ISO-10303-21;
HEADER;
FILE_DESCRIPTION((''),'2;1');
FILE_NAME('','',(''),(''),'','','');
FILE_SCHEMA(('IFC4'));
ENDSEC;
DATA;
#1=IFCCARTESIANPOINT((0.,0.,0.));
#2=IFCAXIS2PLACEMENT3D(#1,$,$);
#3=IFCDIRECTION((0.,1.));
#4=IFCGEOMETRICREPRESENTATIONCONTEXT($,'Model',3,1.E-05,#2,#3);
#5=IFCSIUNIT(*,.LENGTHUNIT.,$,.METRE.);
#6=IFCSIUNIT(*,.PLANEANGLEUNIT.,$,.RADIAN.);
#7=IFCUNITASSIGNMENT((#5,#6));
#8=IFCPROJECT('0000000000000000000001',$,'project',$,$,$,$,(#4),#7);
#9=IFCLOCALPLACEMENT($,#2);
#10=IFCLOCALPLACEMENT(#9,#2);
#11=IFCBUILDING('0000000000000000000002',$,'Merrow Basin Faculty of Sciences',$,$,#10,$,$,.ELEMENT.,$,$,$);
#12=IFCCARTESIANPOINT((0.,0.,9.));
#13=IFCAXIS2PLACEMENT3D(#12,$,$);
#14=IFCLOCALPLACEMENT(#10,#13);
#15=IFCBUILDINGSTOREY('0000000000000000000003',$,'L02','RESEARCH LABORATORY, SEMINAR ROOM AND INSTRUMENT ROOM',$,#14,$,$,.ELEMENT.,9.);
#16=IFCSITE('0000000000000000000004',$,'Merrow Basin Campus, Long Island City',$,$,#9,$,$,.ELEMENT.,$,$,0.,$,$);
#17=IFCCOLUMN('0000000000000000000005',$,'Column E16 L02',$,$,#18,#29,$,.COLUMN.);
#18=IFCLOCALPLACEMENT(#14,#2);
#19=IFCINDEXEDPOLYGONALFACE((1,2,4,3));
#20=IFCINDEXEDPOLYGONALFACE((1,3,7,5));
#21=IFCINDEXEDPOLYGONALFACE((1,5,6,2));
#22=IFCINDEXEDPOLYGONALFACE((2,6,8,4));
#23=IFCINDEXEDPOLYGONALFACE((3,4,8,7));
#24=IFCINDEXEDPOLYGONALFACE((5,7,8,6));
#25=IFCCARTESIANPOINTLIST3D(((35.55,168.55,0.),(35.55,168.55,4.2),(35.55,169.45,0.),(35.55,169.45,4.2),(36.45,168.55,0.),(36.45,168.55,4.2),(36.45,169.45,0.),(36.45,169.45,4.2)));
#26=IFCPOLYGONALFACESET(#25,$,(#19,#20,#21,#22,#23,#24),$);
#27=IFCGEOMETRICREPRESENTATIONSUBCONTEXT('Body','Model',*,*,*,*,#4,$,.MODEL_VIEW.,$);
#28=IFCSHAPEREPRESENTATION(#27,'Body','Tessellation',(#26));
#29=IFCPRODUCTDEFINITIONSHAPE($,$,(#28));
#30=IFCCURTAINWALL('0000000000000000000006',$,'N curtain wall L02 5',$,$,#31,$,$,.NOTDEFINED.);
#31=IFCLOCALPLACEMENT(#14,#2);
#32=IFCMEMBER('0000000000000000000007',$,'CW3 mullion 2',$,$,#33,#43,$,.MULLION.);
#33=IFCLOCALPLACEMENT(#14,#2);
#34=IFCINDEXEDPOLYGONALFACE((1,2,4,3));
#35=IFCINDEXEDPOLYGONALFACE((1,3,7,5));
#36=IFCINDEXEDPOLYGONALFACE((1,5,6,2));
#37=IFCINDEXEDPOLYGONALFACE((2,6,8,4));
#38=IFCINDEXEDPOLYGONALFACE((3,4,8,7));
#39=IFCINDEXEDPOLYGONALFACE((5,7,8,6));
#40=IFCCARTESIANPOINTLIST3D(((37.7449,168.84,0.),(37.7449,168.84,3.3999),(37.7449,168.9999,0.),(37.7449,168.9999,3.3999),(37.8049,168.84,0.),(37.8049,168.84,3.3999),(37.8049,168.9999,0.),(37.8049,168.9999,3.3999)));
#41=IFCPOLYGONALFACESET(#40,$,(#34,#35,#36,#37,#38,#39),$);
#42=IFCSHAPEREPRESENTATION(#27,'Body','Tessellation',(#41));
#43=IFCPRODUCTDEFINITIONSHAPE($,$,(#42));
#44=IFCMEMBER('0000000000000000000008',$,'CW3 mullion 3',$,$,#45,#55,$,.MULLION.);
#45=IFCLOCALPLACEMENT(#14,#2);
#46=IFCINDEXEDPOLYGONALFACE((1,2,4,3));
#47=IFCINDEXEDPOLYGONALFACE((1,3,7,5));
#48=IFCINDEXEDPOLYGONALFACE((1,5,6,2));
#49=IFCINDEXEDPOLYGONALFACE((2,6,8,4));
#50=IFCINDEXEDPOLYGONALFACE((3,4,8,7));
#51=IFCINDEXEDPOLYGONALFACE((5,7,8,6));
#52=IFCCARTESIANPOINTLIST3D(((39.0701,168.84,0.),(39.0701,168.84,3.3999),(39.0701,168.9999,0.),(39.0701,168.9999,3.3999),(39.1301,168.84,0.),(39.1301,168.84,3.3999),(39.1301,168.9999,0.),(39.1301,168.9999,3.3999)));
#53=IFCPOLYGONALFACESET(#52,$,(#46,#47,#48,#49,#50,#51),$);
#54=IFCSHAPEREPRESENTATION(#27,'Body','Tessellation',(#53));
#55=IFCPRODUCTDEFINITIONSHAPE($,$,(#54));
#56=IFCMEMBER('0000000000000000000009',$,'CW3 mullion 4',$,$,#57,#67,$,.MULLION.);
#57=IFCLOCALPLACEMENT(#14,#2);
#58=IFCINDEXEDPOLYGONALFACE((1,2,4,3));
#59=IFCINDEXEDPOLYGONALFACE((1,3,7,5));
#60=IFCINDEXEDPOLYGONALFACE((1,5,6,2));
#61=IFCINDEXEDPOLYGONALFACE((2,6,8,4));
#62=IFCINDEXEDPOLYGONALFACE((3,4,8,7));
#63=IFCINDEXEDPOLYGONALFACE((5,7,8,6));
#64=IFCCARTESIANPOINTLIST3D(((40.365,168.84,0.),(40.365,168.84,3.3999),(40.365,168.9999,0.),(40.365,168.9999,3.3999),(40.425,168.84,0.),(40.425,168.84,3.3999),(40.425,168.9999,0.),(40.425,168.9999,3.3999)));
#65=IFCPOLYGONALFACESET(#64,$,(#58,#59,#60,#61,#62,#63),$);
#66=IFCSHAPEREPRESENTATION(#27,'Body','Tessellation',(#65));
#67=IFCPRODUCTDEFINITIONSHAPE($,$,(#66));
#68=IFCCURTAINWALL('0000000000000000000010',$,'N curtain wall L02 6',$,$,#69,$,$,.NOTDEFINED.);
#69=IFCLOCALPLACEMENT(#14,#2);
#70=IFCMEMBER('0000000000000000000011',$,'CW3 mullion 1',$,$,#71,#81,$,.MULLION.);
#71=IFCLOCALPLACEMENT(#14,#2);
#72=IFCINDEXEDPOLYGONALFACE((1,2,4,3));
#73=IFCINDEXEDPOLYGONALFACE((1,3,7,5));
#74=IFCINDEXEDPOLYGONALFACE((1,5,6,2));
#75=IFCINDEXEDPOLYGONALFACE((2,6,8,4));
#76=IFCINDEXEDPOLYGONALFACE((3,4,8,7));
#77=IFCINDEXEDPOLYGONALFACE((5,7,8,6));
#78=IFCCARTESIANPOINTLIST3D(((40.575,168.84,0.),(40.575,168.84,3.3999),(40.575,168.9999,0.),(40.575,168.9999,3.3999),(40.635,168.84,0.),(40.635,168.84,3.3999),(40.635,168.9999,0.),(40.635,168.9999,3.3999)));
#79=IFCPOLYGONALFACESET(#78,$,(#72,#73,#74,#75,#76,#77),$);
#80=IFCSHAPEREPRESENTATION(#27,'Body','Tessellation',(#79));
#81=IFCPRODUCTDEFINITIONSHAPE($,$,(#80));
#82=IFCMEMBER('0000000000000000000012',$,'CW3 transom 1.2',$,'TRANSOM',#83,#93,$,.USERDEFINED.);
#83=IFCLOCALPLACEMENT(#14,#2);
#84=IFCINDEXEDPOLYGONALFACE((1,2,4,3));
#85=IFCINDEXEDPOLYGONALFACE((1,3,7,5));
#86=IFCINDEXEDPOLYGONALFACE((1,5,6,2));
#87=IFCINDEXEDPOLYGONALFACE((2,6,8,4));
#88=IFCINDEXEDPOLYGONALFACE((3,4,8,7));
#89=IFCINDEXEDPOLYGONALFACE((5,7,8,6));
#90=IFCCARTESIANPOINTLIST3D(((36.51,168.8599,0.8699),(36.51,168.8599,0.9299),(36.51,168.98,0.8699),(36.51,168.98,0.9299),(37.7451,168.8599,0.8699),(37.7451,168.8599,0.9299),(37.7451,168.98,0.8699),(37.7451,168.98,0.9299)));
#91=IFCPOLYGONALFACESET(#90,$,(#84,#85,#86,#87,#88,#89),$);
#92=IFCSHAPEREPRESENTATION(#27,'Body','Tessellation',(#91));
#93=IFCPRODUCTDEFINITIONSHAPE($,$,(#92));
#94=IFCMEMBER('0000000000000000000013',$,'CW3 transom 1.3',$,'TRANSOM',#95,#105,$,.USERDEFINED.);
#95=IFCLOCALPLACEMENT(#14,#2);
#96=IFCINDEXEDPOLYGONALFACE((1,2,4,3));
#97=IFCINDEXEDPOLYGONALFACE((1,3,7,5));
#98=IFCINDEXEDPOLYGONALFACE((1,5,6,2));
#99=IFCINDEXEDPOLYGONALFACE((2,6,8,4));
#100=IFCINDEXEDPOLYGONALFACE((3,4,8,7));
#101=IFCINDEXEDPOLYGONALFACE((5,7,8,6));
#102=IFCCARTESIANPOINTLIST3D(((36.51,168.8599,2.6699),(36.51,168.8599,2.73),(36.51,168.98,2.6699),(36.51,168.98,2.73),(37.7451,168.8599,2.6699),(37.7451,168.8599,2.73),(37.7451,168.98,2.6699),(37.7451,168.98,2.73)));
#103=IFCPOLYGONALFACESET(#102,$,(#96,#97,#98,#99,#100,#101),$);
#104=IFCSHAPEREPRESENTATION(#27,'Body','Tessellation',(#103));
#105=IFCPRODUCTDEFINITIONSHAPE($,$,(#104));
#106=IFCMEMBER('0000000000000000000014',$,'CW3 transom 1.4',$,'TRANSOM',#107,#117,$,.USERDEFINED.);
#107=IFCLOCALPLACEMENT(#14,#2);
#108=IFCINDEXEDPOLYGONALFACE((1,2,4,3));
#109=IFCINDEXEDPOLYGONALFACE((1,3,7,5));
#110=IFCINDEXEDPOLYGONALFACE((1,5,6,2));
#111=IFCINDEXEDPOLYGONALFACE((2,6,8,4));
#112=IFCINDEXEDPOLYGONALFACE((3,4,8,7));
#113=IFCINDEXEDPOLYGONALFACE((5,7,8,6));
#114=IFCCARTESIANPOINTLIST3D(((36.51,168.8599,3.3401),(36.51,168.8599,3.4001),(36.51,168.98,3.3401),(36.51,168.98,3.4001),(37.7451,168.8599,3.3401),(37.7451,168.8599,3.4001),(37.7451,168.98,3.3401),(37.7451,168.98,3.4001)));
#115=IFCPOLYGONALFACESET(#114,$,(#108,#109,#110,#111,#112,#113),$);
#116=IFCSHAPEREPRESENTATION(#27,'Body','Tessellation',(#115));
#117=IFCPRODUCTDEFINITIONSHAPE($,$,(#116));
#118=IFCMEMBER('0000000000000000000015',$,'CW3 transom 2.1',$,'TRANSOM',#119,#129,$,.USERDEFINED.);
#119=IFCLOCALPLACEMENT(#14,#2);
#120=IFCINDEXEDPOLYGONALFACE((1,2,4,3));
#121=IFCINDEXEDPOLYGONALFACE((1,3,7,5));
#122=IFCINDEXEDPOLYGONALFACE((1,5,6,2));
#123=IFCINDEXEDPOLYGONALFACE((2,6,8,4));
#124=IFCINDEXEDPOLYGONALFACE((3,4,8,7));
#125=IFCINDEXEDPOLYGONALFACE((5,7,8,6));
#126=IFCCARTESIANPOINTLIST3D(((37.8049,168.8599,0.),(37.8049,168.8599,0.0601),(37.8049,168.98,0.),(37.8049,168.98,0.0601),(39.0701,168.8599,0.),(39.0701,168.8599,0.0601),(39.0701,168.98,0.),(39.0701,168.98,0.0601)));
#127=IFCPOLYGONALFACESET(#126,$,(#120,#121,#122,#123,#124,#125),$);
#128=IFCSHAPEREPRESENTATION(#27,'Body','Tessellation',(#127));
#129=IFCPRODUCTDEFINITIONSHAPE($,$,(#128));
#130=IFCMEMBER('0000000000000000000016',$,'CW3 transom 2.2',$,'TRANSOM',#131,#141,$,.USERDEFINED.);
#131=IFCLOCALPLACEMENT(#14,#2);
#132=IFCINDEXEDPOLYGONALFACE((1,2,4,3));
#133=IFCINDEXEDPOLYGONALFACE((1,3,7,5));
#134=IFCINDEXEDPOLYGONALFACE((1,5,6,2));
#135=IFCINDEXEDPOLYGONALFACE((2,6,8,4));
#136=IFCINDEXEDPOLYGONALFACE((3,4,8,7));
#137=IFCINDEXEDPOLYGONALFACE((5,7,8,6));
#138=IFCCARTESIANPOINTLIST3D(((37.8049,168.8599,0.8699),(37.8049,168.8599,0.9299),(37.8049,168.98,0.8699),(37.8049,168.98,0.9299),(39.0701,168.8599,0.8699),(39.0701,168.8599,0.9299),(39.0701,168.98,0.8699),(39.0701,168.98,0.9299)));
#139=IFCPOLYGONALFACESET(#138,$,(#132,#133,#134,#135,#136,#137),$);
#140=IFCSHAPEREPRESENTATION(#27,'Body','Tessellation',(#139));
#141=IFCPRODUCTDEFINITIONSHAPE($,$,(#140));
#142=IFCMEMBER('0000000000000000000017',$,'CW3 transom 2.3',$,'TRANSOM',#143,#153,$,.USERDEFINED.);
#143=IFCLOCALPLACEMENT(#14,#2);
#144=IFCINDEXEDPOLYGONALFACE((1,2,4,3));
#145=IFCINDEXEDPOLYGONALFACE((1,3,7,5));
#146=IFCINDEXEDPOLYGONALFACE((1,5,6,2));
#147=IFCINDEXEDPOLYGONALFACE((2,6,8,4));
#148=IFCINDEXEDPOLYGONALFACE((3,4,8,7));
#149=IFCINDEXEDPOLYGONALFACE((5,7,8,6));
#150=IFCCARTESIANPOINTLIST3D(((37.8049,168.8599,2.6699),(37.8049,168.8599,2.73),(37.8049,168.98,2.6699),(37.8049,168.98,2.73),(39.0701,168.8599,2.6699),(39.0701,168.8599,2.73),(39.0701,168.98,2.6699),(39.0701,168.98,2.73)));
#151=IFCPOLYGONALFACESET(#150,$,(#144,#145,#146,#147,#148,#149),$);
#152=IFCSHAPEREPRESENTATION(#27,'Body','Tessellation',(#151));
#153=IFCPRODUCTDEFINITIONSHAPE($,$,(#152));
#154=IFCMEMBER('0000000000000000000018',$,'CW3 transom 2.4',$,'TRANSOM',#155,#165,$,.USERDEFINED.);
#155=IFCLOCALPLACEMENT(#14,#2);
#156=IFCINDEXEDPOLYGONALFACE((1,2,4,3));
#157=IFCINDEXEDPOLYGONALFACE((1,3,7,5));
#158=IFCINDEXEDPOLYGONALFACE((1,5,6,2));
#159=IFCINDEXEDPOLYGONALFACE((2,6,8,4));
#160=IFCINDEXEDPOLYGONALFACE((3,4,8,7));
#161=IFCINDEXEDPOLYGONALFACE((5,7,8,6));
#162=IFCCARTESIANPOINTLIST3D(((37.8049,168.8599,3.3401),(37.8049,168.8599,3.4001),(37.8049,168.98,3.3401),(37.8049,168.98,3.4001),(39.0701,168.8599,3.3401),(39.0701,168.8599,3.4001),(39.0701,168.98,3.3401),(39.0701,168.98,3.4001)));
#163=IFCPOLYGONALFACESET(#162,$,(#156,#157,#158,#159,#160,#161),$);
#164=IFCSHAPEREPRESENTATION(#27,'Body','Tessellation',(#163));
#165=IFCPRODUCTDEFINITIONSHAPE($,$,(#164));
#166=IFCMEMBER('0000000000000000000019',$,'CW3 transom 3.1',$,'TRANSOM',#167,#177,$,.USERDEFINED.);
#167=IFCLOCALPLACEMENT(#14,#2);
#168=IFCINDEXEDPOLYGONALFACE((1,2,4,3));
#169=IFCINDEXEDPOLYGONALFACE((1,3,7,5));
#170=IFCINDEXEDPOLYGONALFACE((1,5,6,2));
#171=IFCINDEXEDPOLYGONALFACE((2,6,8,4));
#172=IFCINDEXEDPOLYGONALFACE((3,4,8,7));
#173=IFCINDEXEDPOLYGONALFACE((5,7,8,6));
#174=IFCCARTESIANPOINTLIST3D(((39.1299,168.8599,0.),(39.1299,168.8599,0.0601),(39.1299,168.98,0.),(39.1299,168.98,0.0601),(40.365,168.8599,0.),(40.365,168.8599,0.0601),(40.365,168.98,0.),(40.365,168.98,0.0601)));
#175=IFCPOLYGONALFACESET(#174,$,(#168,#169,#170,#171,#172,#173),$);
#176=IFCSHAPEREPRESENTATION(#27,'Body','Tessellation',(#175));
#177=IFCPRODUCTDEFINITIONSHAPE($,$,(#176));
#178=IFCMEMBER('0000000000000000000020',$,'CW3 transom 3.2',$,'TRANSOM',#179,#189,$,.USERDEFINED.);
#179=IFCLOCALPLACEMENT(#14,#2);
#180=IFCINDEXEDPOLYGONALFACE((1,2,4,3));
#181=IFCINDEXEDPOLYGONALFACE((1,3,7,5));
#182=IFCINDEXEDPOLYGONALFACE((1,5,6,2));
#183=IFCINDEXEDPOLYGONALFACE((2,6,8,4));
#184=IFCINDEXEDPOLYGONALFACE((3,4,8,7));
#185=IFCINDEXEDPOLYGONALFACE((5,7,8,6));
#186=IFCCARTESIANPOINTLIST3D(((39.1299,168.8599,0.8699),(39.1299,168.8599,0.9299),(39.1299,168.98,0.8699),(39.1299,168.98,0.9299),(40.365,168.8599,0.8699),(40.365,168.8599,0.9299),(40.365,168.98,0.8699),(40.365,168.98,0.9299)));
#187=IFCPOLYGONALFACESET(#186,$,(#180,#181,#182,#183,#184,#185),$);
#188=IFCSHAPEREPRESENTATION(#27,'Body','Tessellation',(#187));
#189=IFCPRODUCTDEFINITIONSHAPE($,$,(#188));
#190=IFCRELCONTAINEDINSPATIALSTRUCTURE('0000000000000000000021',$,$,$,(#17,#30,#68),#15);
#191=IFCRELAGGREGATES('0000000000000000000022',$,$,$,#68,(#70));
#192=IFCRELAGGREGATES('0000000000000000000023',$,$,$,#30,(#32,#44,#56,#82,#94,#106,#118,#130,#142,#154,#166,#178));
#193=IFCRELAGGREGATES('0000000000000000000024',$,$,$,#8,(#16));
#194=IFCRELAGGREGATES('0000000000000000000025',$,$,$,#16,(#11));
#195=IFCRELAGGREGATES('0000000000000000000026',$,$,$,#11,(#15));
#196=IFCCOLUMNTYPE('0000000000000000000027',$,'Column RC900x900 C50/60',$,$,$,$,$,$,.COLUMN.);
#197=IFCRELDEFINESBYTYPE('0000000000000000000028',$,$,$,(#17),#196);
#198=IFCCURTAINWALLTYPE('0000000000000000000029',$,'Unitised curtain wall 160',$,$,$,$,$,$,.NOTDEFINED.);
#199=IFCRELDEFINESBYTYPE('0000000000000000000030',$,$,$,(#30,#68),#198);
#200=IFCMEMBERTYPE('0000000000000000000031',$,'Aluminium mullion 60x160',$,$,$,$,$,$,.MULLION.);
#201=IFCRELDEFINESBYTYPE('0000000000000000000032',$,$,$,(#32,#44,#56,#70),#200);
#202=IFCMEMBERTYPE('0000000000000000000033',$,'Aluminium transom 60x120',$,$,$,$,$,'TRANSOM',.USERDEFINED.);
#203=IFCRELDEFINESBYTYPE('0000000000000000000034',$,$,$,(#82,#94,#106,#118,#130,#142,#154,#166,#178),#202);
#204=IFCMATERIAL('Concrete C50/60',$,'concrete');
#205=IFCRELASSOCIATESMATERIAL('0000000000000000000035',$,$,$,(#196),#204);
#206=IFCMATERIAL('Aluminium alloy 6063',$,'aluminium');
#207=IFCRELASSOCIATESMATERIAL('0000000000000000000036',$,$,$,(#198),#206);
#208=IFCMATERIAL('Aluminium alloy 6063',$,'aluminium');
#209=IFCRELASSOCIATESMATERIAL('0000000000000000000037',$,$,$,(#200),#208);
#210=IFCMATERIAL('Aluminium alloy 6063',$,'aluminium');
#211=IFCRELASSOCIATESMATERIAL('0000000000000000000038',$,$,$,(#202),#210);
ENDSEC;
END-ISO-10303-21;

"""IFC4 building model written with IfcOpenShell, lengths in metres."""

from ifc_helpers import new_model, si_unit, direction, frame, origin, origin_2d, place, context, subcontext, project, spatial, rectangle, extrude, material, material_profile, profile_set, type_object, element, aggregate, save


model = new_model("IFC4")

# Units and contexts
model_context = context("Model", 3, precision=1e-05, world=origin(), true_north=direction((0.0, 1.0)))
body_context = subcontext(model_context, "Body", "Model", "MODEL_VIEW")
ifc_project = project(units=[si_unit("LENGTHUNIT", "METRE"), si_unit("PLANEANGLEUNIT", "RADIAN")], contexts=[model_context])

# Site, building, storey
site_placement = place(None, origin())
site = spatial("IfcSite", under=ifc_project, at=site_placement, Name="Merrow Basin Campus, Long Island City", CompositionType="ELEMENT", RefElevation=0.0)
building_placement = place(site_placement, origin())
building = spatial("IfcBuilding", under=site, at=building_placement, Name="Merrow Basin Faculty of Sciences", CompositionType="ELEMENT")
storey_placement = place(building_placement, frame((0.0, 0.0, 9.0)))
storey = spatial("IfcBuildingStorey", under=building, at=storey_placement, Name="L02", Description="RESEARCH LABORATORY, SEMINAR ROOM AND INSTRUMENT ROOM", CompositionType="ELEMENT", Elevation=9.0)

# Column
ifc_material_1 = material(Name="Concrete C50/60", Category="concrete")
ifc_material_profile_1 = material_profile(ifc_material_1, rectangle(XDim=0.8999, YDim=0.8999, at=origin_2d()))
ifc_profile_set_1 = profile_set([ifc_material_profile_1], Name="Concrete C50/60")
column_type = type_object("IfcColumnType", Name="Column RC900x900 C50/60", PredefinedType="COLUMN", material=ifc_profile_set_1)
column_placement = place(storey_placement, frame((36.0, 169.0, 0.0), z_axis=(0.0, 0.0, 1.0), x_axis=(1.0, 0.0, 0.0)))
element("IfcColumn", 1, at=column_placement, inside=storey, type_object=column_type, Name="Column E16 L02", PredefinedType="COLUMN", context=body_context, shape_type="SweptSolid", body=[
    extrude(rectangle(XDim=0.8999, YDim=0.8999, at=origin_2d()), origin(), (0.0, 0.0, 1.0), 4.2),
])

# Curtain wall, members
ifc_material_2 = material(Name="Aluminium alloy 6063", Category="aluminium")
curtain_wall_type = type_object("IfcCurtainWallType", Name="Unitised curtain wall 160", PredefinedType="NOTDEFINED", material=ifc_material_2)
curtain_wall_1_placement = place(storey_placement, origin())
curtain_wall_1 = element("IfcCurtainWall", 2, at=curtain_wall_1_placement, inside=storey, type_object=curtain_wall_type, Name="N curtain wall L02 5", PredefinedType="NOTDEFINED")
ifc_material_3 = material(Name="Aluminium alloy 6063", Category="aluminium")
ifc_material_profile_2 = material_profile(ifc_material_3, rectangle(XDim=0.1599, YDim=0.0601, at=origin_2d()))
ifc_profile_set_2 = profile_set([ifc_material_profile_2], Name="Aluminium alloy 6063")
member_type_1 = type_object("IfcMemberType", Name="Aluminium mullion 60x160", PredefinedType="MULLION", material=ifc_profile_set_2)
member_1_placement = place(storey_placement, frame((37.7749, 168.9199, 0.0), z_axis=(0.0, 0.0, 1.0), x_axis=(0.0, 1.0, 0.0)))
member_1 = element("IfcMember", 3, at=member_1_placement, type_object=member_type_1, Name="CW3 mullion 2", PredefinedType="MULLION", context=body_context, shape_type="SweptSolid", body=[
    extrude(rectangle(XDim=0.1599, YDim=0.0601, at=origin_2d()), origin(), (0.0, 0.0, 1.0), 3.3999),
])
member_2_placement = place(storey_placement, frame((39.1001, 168.9199, 0.0), z_axis=(0.0, 0.0, 1.0), x_axis=(0.0, 1.0, 0.0)))
member_2 = element("IfcMember", 4, at=member_2_placement, type_object=member_type_1, Name="CW3 mullion 3", PredefinedType="MULLION", context=body_context, shape_type="SweptSolid", body=[
    extrude(rectangle(XDim=0.1599, YDim=0.0601, at=origin_2d()), origin(), (0.0, 0.0, 1.0), 3.3999),
])
member_3_placement = place(storey_placement, frame((40.395, 168.9199, 0.0), z_axis=(0.0, 0.0, 1.0), x_axis=(0.0, 1.0, 0.0)))
member_3 = element("IfcMember", 5, at=member_3_placement, type_object=member_type_1, Name="CW3 mullion 4", PredefinedType="MULLION", context=body_context, shape_type="SweptSolid", body=[
    extrude(rectangle(XDim=0.1599, YDim=0.0601, at=origin_2d()), origin(), (0.0, 0.0, 1.0), 3.3999),
])

# Curtain wall, member
curtain_wall_2_placement = place(storey_placement, origin())
curtain_wall_2 = element("IfcCurtainWall", 6, at=curtain_wall_2_placement, inside=storey, type_object=curtain_wall_type, Name="N curtain wall L02 6", PredefinedType="NOTDEFINED")
member_4_placement = place(storey_placement, frame((40.605, 168.9199, 0.0), z_axis=(0.0, 0.0, 1.0), x_axis=(0.0, 1.0, 0.0)))
member_4 = element("IfcMember", 7, at=member_4_placement, type_object=member_type_1, Name="CW3 mullion 1", PredefinedType="MULLION", context=body_context, shape_type="SweptSolid", body=[
    extrude(rectangle(XDim=0.1599, YDim=0.0601, at=origin_2d()), origin(), (0.0, 0.0, 1.0), 3.3999),
])

# Members
ifc_material_4 = material(Name="Aluminium alloy 6063", Category="aluminium")
ifc_material_profile_3 = material_profile(ifc_material_4, rectangle(XDim=0.1201, YDim=0.0601, at=origin_2d()))
ifc_profile_set_3 = profile_set([ifc_material_profile_3], Name="Aluminium alloy 6063")
member_type_2 = type_object("IfcMemberType", Name="Aluminium transom 60x120", ElementType="TRANSOM", PredefinedType="USERDEFINED", material=ifc_profile_set_3)
member_5_placement = place(storey_placement, frame((36.51, 168.9199, 0.8999), z_axis=(1.0, 0.0, 0.0), x_axis=(0.0, 1.0, 0.0)))
member_5 = element("IfcMember", 8, at=member_5_placement, type_object=member_type_2, Name="CW3 transom 1.2", ObjectType="TRANSOM", PredefinedType="USERDEFINED", context=body_context, shape_type="SweptSolid", body=[
    extrude(rectangle(XDim=0.1201, YDim=0.0601, at=origin_2d()), origin(), (0.0, 0.0, 1.0), 1.2351),
])
member_6_placement = place(storey_placement, frame((36.51, 168.9199, 2.7), z_axis=(1.0, 0.0, 0.0), x_axis=(0.0, 1.0, 0.0)))
member_6 = element("IfcMember", 9, at=member_6_placement, type_object=member_type_2, Name="CW3 transom 1.3", ObjectType="TRANSOM", PredefinedType="USERDEFINED", context=body_context, shape_type="SweptSolid", body=[
    extrude(rectangle(XDim=0.1201, YDim=0.0601, at=origin_2d()), origin(), (0.0, 0.0, 1.0), 1.2351),
])
member_7_placement = place(storey_placement, frame((36.51, 168.9199, 3.3701), z_axis=(1.0, 0.0, 0.0), x_axis=(0.0, 1.0, 0.0)))
member_7 = element("IfcMember", 10, at=member_7_placement, type_object=member_type_2, Name="CW3 transom 1.4", ObjectType="TRANSOM", PredefinedType="USERDEFINED", context=body_context, shape_type="SweptSolid", body=[
    extrude(rectangle(XDim=0.1201, YDim=0.0601, at=origin_2d()), origin(), (0.0, 0.0, 1.0), 1.2351),
])
member_8_placement = place(storey_placement, frame((37.8049, 168.9199, 0.03), z_axis=(1.0, 0.0, 0.0), x_axis=(0.0, 1.0, 0.0)))
member_8 = element("IfcMember", 11, at=member_8_placement, type_object=member_type_2, Name="CW3 transom 2.1", ObjectType="TRANSOM", PredefinedType="USERDEFINED", context=body_context, shape_type="SweptSolid", body=[
    extrude(rectangle(XDim=0.1201, YDim=0.0601, at=origin_2d()), origin(), (0.0, 0.0, 1.0), 1.2651),
])
member_9_placement = place(storey_placement, frame((37.8049, 168.9199, 0.8999), z_axis=(1.0, 0.0, 0.0), x_axis=(0.0, 1.0, 0.0)))
member_9 = element("IfcMember", 12, at=member_9_placement, type_object=member_type_2, Name="CW3 transom 2.2", ObjectType="TRANSOM", PredefinedType="USERDEFINED", context=body_context, shape_type="SweptSolid", body=[
    extrude(rectangle(XDim=0.1201, YDim=0.0601, at=origin_2d()), origin(), (0.0, 0.0, 1.0), 1.2651),
])
member_10_placement = place(storey_placement, frame((37.8049, 168.9199, 2.7), z_axis=(1.0, 0.0, 0.0), x_axis=(0.0, 1.0, 0.0)))
member_10 = element("IfcMember", 13, at=member_10_placement, type_object=member_type_2, Name="CW3 transom 2.3", ObjectType="TRANSOM", PredefinedType="USERDEFINED", context=body_context, shape_type="SweptSolid", body=[
    extrude(rectangle(XDim=0.1201, YDim=0.0601, at=origin_2d()), origin(), (0.0, 0.0, 1.0), 1.2651),
])
member_11_placement = place(storey_placement, frame((37.8049, 168.9199, 3.3701), z_axis=(1.0, 0.0, 0.0), x_axis=(0.0, 1.0, 0.0)))
member_11 = element("IfcMember", 14, at=member_11_placement, type_object=member_type_2, Name="CW3 transom 2.4", ObjectType="TRANSOM", PredefinedType="USERDEFINED", context=body_context, shape_type="SweptSolid", body=[
    extrude(rectangle(XDim=0.1201, YDim=0.0601, at=origin_2d()), origin(), (0.0, 0.0, 1.0), 1.2651),
])
member_12_placement = place(storey_placement, frame((39.1299, 168.9199, 0.03), z_axis=(1.0, 0.0, 0.0), x_axis=(0.0, 1.0, 0.0)))
member_12 = element("IfcMember", 15, at=member_12_placement, type_object=member_type_2, Name="CW3 transom 3.1", ObjectType="TRANSOM", PredefinedType="USERDEFINED", context=body_context, shape_type="SweptSolid", body=[
    extrude(rectangle(XDim=0.1201, YDim=0.0601, at=origin_2d()), origin(), (0.0, 0.0, 1.0), 1.2351),
])
member_13_placement = place(storey_placement, frame((39.1299, 168.9199, 0.8999), z_axis=(1.0, 0.0, 0.0), x_axis=(0.0, 1.0, 0.0)))
member_13 = element("IfcMember", 16, at=member_13_placement, type_object=member_type_2, Name="CW3 transom 3.2", ObjectType="TRANSOM", PredefinedType="USERDEFINED", context=body_context, shape_type="SweptSolid", body=[
    extrude(rectangle(XDim=0.1201, YDim=0.0601, at=origin_2d()), origin(), (0.0, 0.0, 1.0), 1.2351),
])
aggregate(curtain_wall_2, [member_4])

aggregate(curtain_wall_1, [member_1, member_2, member_3, member_5, member_6, member_7, member_8, member_9, member_10, member_11, member_12, member_13])

save(model, "model.ifc")
